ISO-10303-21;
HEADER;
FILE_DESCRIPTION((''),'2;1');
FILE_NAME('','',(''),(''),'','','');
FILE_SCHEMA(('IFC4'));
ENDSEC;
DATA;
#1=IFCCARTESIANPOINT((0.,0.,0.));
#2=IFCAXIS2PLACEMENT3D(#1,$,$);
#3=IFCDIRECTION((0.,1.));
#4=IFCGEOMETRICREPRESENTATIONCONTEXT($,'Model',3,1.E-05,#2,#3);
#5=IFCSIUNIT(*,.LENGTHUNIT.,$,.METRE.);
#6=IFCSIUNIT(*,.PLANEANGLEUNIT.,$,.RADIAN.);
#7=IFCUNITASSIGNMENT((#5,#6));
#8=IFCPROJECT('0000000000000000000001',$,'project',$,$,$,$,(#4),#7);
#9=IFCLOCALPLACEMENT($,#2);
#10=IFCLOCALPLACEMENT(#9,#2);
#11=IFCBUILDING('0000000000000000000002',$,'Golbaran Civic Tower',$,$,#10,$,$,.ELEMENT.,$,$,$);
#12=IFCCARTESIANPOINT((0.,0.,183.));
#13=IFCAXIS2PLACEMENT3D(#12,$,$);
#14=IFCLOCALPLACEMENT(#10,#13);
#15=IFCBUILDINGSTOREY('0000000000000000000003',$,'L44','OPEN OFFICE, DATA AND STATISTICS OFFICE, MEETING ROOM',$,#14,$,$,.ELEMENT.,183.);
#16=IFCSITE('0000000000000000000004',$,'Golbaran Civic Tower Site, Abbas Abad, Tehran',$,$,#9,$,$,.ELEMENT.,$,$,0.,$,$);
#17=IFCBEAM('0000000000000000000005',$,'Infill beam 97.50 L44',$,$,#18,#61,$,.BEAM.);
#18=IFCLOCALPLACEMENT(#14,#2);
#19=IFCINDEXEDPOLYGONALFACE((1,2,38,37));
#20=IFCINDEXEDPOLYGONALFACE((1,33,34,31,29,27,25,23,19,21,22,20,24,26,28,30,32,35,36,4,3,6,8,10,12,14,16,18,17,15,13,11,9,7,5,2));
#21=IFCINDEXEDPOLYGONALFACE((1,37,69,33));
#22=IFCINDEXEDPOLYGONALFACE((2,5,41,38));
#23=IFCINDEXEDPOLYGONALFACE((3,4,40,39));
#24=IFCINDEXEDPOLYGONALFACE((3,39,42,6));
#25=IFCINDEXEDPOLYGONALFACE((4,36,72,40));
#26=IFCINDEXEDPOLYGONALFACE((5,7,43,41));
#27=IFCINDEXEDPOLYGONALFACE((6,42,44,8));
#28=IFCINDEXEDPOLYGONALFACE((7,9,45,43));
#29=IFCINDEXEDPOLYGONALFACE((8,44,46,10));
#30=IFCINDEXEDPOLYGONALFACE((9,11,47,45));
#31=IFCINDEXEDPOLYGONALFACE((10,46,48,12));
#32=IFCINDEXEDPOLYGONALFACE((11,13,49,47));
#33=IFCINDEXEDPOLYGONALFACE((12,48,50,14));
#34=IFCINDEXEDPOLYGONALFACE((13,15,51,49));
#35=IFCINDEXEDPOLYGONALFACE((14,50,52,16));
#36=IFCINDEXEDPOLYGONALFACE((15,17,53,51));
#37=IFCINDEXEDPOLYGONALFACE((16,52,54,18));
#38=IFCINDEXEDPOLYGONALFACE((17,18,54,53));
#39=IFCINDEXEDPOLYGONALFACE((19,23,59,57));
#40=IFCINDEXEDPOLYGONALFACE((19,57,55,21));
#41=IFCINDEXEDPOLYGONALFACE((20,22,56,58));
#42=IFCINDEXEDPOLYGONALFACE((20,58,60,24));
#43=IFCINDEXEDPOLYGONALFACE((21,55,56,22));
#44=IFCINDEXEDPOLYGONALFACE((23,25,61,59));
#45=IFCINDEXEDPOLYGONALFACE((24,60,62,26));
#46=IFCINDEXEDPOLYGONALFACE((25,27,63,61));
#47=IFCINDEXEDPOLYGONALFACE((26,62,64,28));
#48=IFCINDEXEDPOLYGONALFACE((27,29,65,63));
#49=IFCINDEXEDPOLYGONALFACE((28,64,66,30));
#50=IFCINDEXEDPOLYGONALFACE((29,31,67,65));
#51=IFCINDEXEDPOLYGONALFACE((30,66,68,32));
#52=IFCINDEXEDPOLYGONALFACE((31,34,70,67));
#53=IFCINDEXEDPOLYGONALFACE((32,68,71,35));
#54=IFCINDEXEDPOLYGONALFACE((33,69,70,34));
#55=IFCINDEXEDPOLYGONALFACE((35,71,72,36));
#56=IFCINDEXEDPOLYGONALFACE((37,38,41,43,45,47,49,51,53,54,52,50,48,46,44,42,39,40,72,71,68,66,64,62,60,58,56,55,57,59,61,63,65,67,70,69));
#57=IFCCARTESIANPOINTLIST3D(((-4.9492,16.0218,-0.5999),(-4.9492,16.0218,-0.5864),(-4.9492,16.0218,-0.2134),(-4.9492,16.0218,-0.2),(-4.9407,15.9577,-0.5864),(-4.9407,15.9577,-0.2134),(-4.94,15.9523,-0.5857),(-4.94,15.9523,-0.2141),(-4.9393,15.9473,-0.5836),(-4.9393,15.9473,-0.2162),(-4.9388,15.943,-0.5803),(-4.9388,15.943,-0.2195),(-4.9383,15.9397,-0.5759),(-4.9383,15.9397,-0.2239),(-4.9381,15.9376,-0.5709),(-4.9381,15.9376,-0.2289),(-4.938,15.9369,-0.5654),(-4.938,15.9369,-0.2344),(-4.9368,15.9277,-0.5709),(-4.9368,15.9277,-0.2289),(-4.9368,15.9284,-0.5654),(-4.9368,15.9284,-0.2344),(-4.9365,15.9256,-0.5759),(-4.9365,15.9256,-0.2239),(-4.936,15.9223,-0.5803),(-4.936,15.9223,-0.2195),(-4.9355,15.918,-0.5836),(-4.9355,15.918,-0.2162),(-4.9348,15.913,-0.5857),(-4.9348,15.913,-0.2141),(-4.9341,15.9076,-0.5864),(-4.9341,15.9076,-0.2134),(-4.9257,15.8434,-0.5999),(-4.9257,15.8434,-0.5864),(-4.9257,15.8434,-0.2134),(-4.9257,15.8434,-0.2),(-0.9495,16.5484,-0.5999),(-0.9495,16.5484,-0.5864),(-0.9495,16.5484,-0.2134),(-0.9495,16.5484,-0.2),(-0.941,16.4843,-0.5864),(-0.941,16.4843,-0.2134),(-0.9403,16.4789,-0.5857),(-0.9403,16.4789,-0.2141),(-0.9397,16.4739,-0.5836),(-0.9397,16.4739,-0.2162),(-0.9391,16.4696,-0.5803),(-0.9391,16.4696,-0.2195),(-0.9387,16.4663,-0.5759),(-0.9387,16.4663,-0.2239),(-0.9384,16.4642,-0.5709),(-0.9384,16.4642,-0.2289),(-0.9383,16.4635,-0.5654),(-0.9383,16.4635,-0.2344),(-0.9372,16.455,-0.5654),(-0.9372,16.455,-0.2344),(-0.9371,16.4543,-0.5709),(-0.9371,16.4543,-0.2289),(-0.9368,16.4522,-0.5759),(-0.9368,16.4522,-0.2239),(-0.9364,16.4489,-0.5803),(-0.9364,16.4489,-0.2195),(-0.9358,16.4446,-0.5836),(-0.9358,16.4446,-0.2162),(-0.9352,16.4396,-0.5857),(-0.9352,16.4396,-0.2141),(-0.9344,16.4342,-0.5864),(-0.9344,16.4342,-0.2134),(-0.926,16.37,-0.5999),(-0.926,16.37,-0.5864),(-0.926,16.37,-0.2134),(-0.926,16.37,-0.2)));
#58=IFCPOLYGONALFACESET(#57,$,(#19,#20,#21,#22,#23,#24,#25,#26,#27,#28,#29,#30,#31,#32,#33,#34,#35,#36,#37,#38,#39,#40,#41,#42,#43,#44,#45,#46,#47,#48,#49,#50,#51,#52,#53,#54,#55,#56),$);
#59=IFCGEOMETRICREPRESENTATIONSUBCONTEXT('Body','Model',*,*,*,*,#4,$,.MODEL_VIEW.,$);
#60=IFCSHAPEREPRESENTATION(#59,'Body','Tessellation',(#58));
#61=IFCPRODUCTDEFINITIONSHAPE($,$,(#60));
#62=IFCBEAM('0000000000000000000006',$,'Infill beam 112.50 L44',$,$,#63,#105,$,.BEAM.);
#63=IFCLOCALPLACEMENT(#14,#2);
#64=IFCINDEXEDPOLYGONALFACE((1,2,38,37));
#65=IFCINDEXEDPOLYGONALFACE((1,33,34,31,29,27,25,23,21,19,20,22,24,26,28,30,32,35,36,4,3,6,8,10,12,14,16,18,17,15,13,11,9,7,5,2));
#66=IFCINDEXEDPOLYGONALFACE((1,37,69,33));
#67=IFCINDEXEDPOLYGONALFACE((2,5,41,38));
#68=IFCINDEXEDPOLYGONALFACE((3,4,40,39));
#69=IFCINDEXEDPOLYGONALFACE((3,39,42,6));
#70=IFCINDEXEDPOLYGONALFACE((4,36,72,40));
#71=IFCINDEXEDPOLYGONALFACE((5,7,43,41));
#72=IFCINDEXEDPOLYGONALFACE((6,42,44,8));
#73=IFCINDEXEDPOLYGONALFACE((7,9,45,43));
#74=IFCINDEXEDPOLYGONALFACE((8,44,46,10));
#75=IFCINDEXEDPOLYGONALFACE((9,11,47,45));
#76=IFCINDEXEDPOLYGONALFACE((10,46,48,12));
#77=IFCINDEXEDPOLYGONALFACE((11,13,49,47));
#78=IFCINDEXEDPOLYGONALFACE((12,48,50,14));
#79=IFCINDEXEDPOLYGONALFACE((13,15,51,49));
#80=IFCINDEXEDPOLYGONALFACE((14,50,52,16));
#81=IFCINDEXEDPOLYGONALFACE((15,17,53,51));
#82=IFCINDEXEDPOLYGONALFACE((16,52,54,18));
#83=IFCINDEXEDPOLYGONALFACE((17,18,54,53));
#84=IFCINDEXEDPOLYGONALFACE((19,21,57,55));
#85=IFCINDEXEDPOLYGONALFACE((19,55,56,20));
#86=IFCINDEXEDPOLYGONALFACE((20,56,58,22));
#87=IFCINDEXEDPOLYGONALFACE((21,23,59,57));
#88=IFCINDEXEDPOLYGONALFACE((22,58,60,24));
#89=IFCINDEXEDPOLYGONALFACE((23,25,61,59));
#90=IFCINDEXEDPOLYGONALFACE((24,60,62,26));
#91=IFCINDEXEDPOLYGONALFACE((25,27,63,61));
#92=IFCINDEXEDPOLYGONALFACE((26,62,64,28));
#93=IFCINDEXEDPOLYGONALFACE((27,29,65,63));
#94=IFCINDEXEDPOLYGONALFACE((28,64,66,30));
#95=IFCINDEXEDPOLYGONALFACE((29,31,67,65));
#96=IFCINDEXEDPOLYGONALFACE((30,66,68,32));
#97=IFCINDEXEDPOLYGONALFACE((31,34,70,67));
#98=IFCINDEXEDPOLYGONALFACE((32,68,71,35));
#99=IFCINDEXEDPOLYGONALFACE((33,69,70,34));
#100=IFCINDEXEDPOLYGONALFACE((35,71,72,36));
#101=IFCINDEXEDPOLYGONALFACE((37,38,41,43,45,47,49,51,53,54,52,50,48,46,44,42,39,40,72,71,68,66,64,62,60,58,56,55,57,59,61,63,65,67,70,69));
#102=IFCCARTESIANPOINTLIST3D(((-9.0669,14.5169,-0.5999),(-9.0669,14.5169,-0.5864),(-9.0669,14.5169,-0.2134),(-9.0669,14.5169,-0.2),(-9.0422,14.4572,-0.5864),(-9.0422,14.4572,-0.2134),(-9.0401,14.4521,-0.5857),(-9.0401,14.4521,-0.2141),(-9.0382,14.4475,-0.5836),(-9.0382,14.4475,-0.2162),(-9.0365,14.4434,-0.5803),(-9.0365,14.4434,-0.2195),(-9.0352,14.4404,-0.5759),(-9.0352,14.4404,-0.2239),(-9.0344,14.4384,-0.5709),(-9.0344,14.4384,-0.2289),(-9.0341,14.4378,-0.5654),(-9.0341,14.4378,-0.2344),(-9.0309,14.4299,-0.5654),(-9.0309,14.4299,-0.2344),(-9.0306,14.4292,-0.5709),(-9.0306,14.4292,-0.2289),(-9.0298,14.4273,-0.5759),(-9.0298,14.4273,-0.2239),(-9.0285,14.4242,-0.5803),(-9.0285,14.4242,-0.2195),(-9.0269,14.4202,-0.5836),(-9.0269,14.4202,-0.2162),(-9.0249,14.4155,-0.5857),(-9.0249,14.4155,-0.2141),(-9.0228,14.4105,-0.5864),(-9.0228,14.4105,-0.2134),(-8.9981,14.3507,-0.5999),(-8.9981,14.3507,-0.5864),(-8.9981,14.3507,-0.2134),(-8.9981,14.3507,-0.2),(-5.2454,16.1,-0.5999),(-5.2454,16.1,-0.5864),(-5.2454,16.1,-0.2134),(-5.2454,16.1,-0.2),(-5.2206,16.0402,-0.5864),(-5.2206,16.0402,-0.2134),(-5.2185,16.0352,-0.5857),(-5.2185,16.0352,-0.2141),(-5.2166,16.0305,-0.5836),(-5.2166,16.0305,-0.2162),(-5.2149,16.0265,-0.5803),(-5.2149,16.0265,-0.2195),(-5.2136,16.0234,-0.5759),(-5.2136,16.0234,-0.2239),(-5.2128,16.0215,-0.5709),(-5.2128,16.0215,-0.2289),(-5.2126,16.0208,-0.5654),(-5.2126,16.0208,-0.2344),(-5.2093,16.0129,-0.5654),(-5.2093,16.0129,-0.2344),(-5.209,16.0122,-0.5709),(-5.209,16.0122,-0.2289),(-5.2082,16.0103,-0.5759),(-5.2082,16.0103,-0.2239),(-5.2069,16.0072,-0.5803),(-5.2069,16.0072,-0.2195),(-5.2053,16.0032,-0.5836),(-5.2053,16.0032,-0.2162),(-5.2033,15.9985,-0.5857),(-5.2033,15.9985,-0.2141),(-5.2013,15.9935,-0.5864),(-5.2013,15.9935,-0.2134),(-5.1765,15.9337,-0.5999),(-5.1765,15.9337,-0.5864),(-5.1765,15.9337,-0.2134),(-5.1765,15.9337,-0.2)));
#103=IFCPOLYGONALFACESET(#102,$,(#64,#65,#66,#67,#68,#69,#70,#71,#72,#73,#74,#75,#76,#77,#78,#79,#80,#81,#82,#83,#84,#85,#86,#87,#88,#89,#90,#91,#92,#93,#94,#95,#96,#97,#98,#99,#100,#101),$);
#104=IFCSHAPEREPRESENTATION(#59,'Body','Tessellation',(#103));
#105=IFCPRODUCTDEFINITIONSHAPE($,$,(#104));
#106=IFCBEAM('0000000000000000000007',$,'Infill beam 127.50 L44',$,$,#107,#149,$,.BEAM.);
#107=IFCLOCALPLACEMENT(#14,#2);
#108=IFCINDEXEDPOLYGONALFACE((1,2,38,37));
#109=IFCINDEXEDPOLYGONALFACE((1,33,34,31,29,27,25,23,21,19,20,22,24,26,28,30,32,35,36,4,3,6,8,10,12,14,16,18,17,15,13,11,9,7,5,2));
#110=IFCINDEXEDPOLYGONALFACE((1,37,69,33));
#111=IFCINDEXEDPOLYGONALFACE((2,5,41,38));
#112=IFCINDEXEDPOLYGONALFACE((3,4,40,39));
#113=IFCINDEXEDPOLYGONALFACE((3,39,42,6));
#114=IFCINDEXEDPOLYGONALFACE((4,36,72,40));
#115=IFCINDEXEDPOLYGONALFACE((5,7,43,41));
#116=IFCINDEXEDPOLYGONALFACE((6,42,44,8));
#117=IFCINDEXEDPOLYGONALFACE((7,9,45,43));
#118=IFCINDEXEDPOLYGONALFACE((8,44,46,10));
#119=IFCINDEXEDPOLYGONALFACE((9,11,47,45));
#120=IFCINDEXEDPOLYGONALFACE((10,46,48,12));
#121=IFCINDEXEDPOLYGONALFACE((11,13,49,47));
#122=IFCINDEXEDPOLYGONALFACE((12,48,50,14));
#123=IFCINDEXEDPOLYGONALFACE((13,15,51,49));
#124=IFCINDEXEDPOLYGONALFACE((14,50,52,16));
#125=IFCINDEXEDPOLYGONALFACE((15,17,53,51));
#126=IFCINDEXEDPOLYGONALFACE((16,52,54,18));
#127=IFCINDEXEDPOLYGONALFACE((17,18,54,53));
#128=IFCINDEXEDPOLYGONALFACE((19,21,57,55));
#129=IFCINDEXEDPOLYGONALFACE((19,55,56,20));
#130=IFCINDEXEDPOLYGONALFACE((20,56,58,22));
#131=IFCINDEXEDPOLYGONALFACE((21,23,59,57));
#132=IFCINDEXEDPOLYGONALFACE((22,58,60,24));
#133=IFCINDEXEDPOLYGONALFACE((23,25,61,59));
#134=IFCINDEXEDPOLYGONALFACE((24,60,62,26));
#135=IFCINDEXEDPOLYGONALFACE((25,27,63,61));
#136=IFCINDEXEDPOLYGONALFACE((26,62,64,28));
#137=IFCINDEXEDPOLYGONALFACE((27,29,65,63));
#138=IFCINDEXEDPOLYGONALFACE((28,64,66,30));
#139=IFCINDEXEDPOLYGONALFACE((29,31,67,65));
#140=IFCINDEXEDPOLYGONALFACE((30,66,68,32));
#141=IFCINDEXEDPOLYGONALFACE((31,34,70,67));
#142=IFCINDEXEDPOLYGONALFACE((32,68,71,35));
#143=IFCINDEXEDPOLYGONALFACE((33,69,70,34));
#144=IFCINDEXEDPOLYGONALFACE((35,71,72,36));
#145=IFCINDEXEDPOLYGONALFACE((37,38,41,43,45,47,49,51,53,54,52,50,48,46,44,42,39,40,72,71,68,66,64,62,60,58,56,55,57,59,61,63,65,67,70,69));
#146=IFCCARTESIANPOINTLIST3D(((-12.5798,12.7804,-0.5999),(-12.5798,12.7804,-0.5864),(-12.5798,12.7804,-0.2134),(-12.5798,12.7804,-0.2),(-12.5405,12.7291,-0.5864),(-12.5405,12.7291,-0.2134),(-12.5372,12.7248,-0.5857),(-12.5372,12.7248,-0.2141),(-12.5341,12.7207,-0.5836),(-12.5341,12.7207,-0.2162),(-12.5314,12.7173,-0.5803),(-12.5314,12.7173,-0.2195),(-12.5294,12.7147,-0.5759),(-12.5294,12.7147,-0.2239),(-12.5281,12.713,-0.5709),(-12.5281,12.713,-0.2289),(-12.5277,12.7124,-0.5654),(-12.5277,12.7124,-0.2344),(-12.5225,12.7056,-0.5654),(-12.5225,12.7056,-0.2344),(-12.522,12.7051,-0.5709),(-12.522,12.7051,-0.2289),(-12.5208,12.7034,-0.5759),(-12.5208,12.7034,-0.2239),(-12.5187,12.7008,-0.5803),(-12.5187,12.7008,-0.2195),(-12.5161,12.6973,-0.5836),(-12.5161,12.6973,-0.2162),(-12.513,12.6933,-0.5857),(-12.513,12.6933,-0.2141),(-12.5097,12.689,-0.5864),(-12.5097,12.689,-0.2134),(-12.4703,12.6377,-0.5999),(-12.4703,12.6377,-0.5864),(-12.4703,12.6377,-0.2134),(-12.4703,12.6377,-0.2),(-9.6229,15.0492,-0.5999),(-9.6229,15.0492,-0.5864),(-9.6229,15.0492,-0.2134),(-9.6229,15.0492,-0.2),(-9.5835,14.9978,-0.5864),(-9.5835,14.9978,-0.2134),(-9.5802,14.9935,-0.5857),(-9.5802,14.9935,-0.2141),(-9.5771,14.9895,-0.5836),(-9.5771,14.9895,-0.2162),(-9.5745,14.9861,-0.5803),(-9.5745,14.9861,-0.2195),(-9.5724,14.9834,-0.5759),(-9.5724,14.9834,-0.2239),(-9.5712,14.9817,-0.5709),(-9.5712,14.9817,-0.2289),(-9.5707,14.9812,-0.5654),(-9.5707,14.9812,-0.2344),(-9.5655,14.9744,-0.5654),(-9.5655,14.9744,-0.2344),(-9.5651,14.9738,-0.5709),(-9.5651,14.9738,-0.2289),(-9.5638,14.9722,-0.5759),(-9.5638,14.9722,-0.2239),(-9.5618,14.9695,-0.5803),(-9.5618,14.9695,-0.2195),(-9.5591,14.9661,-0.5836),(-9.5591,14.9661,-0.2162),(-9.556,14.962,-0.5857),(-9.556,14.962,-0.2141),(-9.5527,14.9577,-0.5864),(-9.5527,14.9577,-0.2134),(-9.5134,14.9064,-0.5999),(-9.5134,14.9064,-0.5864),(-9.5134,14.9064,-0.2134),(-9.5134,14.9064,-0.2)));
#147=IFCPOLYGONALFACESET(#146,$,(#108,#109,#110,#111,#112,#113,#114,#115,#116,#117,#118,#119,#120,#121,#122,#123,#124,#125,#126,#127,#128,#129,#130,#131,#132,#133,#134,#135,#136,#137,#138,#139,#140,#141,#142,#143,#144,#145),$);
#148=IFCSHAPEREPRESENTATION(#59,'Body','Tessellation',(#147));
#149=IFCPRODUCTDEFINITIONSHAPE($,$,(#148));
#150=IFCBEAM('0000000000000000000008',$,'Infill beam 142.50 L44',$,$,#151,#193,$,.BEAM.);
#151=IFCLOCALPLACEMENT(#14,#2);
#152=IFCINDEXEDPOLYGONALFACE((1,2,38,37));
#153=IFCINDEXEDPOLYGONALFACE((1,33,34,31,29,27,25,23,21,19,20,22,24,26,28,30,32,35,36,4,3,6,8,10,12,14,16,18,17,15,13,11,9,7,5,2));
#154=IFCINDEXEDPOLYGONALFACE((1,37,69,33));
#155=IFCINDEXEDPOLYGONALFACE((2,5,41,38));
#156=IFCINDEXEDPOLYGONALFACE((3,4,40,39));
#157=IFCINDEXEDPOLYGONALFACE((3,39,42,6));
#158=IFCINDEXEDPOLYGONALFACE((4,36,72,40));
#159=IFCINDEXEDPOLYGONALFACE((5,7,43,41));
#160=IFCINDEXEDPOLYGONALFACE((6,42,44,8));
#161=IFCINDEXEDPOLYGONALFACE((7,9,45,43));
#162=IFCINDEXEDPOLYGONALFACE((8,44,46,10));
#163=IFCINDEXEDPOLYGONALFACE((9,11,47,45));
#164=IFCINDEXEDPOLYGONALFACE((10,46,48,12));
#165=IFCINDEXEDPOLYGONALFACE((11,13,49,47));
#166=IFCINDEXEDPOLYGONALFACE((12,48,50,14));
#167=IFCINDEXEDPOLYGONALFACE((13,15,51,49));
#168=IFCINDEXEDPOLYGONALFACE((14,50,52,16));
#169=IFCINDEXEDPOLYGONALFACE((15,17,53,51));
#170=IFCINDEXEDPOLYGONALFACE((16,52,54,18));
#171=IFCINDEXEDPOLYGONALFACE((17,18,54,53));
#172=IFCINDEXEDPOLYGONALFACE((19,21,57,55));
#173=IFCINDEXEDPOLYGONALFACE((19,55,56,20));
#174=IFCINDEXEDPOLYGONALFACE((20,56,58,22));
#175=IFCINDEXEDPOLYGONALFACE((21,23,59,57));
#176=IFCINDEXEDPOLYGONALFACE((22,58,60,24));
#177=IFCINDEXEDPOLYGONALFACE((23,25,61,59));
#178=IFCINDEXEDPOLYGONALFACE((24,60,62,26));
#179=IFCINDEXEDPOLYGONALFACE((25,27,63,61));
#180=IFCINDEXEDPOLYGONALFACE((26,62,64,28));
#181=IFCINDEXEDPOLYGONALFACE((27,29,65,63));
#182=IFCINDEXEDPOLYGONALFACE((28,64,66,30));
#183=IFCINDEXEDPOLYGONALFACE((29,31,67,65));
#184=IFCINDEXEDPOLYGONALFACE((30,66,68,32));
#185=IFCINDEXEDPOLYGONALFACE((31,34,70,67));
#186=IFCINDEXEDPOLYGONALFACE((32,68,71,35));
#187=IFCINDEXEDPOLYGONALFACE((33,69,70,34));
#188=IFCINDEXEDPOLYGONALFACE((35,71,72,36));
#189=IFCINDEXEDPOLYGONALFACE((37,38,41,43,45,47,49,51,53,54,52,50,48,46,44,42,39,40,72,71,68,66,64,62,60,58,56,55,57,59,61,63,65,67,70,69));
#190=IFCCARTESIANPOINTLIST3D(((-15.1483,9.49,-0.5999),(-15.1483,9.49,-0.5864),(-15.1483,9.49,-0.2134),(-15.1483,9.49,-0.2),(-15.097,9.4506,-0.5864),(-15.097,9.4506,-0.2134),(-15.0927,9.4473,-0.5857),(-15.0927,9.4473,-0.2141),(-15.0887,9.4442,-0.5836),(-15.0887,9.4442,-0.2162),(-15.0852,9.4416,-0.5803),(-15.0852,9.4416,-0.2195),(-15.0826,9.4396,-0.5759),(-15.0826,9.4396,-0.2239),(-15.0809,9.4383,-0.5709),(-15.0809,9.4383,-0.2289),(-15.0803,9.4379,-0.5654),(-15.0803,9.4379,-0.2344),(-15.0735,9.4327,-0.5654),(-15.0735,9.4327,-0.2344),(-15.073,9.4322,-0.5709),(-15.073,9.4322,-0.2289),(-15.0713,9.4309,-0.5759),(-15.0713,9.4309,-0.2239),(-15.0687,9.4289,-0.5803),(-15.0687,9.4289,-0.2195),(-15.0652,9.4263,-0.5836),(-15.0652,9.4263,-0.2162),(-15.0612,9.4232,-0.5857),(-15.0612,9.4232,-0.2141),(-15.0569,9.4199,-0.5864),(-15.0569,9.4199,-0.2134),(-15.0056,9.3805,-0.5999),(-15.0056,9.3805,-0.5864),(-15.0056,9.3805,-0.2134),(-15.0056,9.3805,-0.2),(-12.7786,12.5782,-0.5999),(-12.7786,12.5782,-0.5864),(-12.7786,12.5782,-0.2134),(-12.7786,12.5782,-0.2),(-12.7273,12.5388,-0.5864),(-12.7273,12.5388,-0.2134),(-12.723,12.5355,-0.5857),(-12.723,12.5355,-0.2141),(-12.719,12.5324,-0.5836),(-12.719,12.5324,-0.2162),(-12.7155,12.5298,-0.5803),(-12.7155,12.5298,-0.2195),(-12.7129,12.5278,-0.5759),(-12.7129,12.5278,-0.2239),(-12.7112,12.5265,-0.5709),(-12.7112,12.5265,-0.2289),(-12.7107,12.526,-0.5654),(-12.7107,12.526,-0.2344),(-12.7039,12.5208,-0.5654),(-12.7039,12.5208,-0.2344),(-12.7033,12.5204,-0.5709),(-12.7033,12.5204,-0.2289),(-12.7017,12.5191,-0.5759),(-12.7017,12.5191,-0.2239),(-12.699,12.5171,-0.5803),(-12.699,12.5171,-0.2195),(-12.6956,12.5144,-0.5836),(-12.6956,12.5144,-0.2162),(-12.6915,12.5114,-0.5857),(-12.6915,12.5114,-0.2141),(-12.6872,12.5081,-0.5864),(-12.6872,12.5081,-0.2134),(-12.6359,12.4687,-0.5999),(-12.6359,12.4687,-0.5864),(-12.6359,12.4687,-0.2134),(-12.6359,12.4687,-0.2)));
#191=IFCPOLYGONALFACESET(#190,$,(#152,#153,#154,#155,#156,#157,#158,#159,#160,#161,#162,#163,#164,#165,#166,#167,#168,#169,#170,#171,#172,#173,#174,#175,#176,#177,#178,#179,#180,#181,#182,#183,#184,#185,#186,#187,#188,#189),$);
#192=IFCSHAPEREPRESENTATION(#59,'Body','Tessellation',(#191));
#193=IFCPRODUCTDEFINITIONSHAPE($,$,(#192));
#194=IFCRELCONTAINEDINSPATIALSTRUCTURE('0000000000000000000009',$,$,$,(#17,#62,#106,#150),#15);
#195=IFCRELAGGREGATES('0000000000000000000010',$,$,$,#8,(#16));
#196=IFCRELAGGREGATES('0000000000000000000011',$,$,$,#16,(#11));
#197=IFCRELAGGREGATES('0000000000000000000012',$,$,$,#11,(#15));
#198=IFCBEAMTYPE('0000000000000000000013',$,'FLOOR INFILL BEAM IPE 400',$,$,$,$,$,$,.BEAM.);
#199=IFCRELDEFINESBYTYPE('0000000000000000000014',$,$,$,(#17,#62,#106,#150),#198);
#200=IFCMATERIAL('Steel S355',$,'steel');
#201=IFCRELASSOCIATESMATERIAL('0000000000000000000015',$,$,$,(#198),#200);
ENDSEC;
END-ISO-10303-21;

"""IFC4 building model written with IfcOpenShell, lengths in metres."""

from ifc_helpers import new_model, si_unit, direction, frame, origin, origin_2d, place, context, subcontext, project, spatial, i_section, extrude, material, material_profile, profile_set, type_object, element, save


model = new_model("IFC4")

# Units and contexts
model_context = context("Model", 3, precision=1e-05, world=origin(), true_north=direction((0.0, 1.0)))
body_context = subcontext(model_context, "Body", "Model", "MODEL_VIEW")
ifc_project = project(units=[si_unit("LENGTHUNIT", "METRE"), si_unit("PLANEANGLEUNIT", "RADIAN")], contexts=[model_context])

# Site, building, storey
site_placement = place(None, origin())
site = spatial("IfcSite", under=ifc_project, at=site_placement, Name="Golbaran Civic Tower Site, Abbas Abad, Tehran", CompositionType="ELEMENT", RefElevation=0.0)
building_placement = place(site_placement, origin())
building = spatial("IfcBuilding", under=site, at=building_placement, Name="Golbaran Civic Tower", CompositionType="ELEMENT")
storey_placement = place(building_placement, frame((0.0, 0.0, 183.0)))
storey = spatial("IfcBuildingStorey", under=building, at=storey_placement, Name="L44", Description="OPEN OFFICE, DATA AND STATISTICS OFFICE, MEETING ROOM", CompositionType="ELEMENT", Elevation=183.0)

# Beams
ifc_material_1 = material(Name="Steel S355", Category="steel")
ifc_material_profile_1 = material_profile(ifc_material_1, i_section(OverallWidth=0.1799, OverallDepth=0.3999, WebThickness=0.0085, FlangeThickness=0.0134, FilletRadius=0.021, at=origin_2d()), Name="IPE 400")
ifc_profile_set_1 = profile_set([ifc_material_profile_1], Name="Steel S355")
beam_type_1 = type_object("IfcBeamType", Name="FLOOR INFILL BEAM IPE 400", PredefinedType="BEAM", material=ifc_profile_set_1)
beam_1_placement = place(storey_placement, frame((-0.9377, 16.4592, -0.3999), z_axis=(-0.991444, -0.130534, 0.0), x_axis=(0.130534, -0.991444, 0.0)))
element("IfcBeam", 1, at=beam_1_placement, inside=storey, type_object=beam_type_1, Name="Infill beam 97.50 L44", PredefinedType="BEAM", context=body_context, shape_type="SweptSolid", body=[
    extrude(i_section(OverallWidth=0.1799, OverallDepth=0.3999, WebThickness=0.0085, FlangeThickness=0.0134, FilletRadius=0.021, at=origin_2d()), origin(), (0.0, 0.0, 1.0), 4.0342),
])
beam_2_placement = place(storey_placement, frame((-5.2109, 16.0168, -0.3999), z_axis=(-0.923873, -0.382699, 0.0), x_axis=(0.382699, -0.923873, 0.0)))
element("IfcBeam", 2, at=beam_2_placement, inside=storey, type_object=beam_type_1, Name="Infill beam 112.50 L44", PredefinedType="BEAM", context=body_context, shape_type="SweptSolid", body=[
    extrude(i_section(OverallWidth=0.1799, OverallDepth=0.3999, WebThickness=0.0085, FlangeThickness=0.0134, FilletRadius=0.021, at=origin_2d()), origin(), (0.0, 0.0, 1.0), 4.1365),
])
beam_3_placement = place(storey_placement, frame((-9.5681, 14.9778, -0.3999), z_axis=(-0.793381, -0.608726, 0.0), x_axis=(0.608726, -0.793381, 0.0)))
element("IfcBeam", 3, at=beam_3_placement, inside=storey, type_object=beam_type_1, Name="Infill beam 127.50 L44", PredefinedType="BEAM", context=body_context, shape_type="SweptSolid", body=[
    extrude(i_section(OverallWidth=0.1799, OverallDepth=0.3999, WebThickness=0.0085, FlangeThickness=0.0134, FilletRadius=0.021, at=origin_2d()), origin(), (0.0, 0.0, 1.0), 3.7271),
])
beam_4_placement = place(storey_placement, frame((-12.7073, 12.5234, -0.3999), z_axis=(-0.608765, -0.793351, 0.0), x_axis=(0.793351, -0.608765, 0.0)))
element("IfcBeam", 4, at=beam_4_placement, inside=storey, type_object=beam_type_1, Name="Infill beam 142.50 L44", PredefinedType="BEAM", context=body_context, shape_type="SweptSolid", body=[
    extrude(i_section(OverallWidth=0.1799, OverallDepth=0.3999, WebThickness=0.0085, FlangeThickness=0.0134, FilletRadius=0.021, at=origin_2d()), origin(), (0.0, 0.0, 1.0), 3.8926),
])

save(model, "model.ifc")
